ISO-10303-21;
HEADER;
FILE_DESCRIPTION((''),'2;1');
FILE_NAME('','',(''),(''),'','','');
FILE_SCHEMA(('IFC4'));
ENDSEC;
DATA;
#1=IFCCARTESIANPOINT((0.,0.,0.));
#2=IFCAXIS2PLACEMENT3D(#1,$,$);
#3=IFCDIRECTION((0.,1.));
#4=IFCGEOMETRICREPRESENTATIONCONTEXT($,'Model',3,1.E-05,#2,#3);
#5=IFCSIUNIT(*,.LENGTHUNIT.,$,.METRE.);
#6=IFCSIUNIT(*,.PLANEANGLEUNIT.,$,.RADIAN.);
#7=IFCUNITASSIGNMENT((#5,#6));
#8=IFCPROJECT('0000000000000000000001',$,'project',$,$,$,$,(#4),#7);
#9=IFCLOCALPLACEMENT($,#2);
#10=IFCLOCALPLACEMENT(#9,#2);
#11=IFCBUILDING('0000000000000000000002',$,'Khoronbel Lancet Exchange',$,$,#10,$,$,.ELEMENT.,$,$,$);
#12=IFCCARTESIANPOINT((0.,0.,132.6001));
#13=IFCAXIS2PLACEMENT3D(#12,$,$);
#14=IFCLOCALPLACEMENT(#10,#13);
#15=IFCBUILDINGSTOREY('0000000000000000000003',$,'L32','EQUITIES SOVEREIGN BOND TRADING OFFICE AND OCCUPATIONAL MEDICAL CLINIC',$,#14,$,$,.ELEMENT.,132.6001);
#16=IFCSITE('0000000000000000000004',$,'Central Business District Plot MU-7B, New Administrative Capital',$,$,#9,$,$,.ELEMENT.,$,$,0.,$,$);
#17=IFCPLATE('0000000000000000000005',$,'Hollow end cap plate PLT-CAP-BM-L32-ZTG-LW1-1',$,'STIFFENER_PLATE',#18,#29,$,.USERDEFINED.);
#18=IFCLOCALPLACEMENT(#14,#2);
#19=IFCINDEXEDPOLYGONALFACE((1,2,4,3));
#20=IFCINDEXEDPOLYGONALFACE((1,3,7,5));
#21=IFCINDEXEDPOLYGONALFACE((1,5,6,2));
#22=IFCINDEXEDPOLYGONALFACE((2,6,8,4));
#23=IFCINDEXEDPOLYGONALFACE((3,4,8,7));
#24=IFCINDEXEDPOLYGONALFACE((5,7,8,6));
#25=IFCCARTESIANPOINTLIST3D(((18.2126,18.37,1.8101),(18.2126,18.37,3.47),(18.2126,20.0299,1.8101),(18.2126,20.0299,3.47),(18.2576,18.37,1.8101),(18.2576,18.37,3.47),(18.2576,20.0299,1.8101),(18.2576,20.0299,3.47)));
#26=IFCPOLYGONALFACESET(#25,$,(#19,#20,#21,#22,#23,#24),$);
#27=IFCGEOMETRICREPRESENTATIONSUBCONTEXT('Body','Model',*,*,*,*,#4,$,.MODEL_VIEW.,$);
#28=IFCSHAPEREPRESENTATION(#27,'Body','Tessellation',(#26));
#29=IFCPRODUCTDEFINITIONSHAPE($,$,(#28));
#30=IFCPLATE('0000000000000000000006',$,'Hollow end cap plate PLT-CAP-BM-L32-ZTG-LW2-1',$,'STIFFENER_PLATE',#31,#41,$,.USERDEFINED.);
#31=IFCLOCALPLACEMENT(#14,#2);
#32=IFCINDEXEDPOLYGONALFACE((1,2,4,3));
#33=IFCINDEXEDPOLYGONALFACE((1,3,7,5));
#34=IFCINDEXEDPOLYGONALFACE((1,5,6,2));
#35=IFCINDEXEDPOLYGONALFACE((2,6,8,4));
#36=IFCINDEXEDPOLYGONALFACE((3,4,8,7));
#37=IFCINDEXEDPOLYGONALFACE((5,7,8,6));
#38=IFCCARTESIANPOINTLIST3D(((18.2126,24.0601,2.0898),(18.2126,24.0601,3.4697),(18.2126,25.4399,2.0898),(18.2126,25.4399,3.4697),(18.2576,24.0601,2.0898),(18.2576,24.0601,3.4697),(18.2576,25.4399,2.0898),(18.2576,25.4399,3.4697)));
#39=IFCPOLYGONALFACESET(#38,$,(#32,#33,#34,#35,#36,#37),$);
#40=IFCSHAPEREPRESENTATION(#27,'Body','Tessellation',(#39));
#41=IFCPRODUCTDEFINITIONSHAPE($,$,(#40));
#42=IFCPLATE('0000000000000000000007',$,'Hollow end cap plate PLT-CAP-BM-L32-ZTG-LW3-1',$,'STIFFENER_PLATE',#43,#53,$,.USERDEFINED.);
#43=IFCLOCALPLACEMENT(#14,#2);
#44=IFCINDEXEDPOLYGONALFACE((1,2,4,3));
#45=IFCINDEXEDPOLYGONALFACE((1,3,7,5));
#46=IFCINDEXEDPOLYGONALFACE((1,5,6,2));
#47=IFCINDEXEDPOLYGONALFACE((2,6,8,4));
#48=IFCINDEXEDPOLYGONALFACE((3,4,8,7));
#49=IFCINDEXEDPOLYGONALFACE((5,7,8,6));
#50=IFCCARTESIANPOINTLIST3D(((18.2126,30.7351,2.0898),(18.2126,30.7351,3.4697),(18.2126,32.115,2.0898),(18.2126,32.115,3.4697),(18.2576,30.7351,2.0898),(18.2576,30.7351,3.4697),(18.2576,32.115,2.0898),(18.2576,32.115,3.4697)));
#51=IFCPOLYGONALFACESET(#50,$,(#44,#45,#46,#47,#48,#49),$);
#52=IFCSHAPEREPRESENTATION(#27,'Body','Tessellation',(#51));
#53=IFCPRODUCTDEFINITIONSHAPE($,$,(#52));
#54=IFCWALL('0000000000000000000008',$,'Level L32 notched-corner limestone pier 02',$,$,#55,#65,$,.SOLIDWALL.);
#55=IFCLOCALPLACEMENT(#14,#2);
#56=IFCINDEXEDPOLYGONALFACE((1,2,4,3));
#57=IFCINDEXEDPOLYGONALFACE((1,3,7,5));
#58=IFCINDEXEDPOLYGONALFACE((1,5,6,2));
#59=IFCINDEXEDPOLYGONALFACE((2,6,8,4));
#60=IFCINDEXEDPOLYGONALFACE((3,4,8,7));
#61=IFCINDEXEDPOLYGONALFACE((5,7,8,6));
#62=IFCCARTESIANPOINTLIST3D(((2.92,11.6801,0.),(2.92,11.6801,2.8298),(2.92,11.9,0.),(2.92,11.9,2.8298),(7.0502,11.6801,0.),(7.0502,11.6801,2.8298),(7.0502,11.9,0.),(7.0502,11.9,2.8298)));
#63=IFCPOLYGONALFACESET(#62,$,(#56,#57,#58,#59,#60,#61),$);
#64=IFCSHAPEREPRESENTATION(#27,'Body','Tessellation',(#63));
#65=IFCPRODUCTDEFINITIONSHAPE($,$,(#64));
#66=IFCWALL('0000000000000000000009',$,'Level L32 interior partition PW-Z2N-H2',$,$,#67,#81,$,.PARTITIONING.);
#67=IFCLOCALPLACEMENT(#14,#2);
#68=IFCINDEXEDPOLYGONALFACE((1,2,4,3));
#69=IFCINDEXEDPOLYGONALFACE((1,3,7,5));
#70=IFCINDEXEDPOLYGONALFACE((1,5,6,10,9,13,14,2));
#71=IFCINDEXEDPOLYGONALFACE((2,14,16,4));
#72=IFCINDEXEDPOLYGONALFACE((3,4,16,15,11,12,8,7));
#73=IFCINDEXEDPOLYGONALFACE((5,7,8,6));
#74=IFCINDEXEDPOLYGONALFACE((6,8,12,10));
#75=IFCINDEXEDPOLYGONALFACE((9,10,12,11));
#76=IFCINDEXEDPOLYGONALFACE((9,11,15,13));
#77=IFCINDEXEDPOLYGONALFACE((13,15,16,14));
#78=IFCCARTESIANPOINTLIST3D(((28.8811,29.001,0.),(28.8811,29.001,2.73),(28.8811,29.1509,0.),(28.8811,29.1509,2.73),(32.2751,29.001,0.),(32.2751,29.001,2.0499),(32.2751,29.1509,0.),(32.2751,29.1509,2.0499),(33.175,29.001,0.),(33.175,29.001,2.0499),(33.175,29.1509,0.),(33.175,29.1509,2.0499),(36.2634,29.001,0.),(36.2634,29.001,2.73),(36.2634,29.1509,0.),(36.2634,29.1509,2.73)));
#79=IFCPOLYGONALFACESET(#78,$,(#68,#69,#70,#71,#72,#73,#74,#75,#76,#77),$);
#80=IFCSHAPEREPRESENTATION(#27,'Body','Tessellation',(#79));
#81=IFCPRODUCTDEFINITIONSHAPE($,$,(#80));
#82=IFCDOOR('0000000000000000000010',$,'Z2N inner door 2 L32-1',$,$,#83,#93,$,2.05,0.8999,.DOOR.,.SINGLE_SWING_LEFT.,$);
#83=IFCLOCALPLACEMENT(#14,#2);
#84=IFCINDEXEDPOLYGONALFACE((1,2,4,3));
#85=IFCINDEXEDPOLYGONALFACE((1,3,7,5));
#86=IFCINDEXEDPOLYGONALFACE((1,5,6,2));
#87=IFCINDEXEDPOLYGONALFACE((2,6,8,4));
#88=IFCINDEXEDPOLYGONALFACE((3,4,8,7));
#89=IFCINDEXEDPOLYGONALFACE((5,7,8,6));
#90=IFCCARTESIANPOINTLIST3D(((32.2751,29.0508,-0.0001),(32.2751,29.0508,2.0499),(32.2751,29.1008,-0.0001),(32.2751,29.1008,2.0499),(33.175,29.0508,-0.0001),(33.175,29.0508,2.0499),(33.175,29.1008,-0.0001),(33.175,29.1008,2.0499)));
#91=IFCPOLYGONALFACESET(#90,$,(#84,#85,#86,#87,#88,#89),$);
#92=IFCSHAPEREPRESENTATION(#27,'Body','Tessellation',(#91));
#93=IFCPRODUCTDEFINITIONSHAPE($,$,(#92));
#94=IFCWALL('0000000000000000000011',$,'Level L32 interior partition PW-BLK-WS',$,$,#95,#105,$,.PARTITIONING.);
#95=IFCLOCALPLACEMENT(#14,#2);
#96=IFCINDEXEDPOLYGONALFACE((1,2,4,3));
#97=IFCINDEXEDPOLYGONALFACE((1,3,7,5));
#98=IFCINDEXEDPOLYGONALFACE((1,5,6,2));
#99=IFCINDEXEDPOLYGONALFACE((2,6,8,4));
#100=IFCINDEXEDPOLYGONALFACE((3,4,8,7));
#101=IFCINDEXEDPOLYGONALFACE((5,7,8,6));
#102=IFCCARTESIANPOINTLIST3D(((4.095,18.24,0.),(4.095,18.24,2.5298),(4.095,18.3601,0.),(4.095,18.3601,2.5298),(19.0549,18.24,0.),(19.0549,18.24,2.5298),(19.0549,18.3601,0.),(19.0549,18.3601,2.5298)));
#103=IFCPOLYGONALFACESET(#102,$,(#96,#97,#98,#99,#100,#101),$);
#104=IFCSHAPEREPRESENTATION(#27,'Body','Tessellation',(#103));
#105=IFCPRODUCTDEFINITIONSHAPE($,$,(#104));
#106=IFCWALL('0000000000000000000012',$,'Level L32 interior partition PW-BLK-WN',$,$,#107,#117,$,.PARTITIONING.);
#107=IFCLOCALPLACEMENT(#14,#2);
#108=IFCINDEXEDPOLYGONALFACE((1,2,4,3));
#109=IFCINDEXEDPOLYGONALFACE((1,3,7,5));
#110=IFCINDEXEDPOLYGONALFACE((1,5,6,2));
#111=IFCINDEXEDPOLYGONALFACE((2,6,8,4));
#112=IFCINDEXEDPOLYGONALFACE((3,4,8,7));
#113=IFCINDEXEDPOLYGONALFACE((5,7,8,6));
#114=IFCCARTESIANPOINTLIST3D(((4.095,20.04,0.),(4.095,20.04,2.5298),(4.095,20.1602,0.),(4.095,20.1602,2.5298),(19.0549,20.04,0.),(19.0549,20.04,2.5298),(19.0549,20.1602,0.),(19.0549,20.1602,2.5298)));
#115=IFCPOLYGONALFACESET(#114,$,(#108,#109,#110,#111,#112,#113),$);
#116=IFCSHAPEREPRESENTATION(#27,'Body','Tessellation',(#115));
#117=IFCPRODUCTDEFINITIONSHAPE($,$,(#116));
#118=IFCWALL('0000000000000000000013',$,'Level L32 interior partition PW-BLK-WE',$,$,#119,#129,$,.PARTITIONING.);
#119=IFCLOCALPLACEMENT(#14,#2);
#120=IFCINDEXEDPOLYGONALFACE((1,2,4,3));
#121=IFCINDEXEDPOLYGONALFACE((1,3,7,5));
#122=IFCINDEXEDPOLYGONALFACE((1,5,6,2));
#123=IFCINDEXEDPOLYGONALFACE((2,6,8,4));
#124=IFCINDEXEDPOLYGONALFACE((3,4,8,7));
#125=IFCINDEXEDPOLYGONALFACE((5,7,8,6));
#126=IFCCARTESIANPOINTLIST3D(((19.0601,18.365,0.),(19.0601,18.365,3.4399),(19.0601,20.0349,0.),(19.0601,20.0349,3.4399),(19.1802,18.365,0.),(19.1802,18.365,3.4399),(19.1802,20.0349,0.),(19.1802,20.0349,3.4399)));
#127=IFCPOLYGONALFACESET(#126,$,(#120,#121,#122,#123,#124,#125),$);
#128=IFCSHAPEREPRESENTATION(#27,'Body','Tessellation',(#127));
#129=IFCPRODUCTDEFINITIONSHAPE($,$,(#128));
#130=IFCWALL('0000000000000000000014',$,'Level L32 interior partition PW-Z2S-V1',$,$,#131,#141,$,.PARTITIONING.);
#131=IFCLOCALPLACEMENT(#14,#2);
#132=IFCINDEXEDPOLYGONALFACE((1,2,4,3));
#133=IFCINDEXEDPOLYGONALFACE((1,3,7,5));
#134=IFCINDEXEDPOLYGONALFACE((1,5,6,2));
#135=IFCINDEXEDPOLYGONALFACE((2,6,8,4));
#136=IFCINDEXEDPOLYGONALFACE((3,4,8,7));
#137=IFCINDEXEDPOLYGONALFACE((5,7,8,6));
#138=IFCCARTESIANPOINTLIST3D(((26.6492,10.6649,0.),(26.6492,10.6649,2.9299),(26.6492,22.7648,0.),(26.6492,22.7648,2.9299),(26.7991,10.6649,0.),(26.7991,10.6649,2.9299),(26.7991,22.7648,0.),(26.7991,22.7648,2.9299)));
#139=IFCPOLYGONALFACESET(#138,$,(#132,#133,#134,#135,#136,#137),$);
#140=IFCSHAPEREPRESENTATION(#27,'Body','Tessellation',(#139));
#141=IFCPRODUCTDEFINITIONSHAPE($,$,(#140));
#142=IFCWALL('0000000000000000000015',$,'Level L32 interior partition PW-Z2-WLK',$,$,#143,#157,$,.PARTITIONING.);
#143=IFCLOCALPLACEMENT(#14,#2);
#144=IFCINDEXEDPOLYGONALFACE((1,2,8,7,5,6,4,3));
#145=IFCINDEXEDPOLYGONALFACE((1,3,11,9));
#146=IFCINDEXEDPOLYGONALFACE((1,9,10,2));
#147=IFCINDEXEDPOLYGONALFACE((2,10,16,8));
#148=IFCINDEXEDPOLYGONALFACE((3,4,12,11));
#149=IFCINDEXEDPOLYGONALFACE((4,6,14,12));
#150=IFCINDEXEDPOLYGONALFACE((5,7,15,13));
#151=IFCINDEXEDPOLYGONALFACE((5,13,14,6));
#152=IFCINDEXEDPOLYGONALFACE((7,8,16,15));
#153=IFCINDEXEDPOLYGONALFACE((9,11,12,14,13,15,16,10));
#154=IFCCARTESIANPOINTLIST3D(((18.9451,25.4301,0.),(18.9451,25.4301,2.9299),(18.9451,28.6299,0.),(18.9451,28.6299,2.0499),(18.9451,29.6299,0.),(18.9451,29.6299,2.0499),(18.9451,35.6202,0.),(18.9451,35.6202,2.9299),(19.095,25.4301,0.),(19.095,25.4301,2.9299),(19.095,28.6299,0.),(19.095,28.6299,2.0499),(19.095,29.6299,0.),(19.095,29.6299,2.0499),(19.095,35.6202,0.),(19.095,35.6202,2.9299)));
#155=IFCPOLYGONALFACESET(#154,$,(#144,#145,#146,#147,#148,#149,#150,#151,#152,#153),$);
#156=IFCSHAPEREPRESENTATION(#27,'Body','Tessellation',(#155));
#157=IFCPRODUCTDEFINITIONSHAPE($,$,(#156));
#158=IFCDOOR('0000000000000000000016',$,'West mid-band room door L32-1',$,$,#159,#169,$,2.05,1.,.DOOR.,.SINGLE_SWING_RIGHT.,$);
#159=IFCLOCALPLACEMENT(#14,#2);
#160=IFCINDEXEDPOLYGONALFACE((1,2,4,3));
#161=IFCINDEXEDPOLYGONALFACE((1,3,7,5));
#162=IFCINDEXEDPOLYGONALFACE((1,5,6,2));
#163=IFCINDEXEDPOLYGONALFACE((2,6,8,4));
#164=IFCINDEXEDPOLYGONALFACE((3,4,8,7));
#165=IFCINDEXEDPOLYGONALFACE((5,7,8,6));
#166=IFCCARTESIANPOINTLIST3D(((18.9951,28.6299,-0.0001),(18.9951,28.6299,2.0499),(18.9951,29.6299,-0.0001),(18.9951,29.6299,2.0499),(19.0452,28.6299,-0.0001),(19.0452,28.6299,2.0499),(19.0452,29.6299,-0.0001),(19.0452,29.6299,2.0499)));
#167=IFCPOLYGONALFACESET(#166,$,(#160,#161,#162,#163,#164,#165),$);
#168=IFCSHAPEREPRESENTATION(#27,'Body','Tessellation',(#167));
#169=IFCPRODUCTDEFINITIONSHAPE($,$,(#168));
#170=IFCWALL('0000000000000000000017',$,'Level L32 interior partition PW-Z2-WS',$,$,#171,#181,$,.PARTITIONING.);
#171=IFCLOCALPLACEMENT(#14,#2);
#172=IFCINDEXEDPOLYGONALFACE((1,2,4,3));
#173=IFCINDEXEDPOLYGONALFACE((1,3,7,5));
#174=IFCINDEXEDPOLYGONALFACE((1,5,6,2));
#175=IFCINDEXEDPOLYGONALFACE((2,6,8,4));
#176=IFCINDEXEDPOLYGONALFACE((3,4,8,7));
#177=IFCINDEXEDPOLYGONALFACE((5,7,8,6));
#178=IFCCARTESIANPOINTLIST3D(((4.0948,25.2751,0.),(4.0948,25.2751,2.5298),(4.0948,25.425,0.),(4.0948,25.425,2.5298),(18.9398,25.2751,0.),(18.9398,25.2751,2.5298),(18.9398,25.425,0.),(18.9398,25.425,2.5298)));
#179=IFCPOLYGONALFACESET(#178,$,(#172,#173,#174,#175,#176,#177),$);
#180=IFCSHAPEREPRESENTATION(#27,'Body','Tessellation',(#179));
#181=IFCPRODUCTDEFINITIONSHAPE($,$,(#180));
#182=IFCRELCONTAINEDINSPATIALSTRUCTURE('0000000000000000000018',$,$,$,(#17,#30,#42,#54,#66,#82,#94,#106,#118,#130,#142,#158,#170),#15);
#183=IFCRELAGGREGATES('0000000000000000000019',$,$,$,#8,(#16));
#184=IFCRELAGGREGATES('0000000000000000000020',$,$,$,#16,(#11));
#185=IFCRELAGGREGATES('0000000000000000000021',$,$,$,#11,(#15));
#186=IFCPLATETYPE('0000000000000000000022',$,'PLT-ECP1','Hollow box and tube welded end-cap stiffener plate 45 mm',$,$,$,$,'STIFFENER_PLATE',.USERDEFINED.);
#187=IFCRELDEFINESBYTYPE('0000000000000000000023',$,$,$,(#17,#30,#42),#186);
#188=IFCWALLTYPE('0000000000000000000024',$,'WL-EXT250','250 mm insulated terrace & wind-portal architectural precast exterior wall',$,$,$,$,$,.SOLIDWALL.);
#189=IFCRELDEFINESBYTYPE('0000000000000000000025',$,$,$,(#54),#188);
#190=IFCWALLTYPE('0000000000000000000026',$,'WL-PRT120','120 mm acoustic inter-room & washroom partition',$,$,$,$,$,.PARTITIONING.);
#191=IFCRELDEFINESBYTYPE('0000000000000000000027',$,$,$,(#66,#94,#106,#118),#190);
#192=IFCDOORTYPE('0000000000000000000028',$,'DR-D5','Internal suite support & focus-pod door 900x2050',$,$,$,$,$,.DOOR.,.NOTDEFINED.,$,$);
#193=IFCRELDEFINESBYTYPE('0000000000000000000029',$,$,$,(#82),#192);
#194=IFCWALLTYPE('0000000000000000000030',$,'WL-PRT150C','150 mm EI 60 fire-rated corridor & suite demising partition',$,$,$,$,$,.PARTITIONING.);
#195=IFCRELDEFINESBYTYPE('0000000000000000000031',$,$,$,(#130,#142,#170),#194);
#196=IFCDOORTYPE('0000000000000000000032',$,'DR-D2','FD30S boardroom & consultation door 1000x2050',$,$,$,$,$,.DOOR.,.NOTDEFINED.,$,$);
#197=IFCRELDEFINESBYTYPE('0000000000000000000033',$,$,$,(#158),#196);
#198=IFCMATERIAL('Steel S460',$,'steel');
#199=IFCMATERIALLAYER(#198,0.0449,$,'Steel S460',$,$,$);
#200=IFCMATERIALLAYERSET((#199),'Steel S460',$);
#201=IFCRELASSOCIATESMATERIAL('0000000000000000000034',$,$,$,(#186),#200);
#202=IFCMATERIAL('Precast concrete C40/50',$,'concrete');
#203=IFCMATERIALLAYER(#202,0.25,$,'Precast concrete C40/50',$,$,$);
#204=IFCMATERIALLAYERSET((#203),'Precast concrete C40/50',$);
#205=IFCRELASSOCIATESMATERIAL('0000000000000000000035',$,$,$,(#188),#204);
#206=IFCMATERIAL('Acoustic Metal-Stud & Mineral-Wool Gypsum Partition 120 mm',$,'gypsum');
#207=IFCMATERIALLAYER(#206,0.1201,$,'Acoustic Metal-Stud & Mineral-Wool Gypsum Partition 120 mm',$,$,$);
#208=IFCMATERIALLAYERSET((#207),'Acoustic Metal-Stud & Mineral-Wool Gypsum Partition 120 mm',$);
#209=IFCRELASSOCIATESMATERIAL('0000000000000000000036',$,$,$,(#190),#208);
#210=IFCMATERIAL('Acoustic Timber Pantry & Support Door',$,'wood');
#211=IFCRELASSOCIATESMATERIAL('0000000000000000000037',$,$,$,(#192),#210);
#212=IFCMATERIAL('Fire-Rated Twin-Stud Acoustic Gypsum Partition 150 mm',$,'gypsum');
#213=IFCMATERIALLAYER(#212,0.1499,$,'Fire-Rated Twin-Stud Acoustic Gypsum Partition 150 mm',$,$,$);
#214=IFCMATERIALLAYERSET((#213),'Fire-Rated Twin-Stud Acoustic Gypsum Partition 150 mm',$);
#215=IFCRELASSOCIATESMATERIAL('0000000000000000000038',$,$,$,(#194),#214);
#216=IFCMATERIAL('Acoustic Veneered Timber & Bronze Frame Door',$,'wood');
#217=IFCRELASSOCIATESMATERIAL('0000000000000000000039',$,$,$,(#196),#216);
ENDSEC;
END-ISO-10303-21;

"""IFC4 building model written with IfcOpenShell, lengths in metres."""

from ifc_helpers import new_model, si_unit, direction, frame, frame_2d, origin, origin_2d, place, context, subcontext, project, spatial, rectangle, extrude, material, layer, layer_set, type_object, element, fill, save


model = new_model("IFC4")

# Units and contexts
model_context = context("Model", 3, precision=1e-05, world=origin(), true_north=direction((0.0, 1.0)))
body_context = subcontext(model_context, "Body", "Model", "MODEL_VIEW")
ifc_project = project(units=[si_unit("LENGTHUNIT", "METRE"), si_unit("PLANEANGLEUNIT", "RADIAN")], contexts=[model_context])

# Site, building, storey
site_placement = place(None, origin())
site = spatial("IfcSite", under=ifc_project, at=site_placement, Name="Central Business District Plot MU-7B, New Administrative Capital", CompositionType="ELEMENT", RefElevation=0.0)
building_placement = place(site_placement, origin())
building = spatial("IfcBuilding", under=site, at=building_placement, Name="Khoronbel Lancet Exchange", CompositionType="ELEMENT")
storey_placement = place(building_placement, frame((0.0, 0.0, 132.6001)))
storey = spatial("IfcBuildingStorey", under=building, at=storey_placement, Name="L32", Description="EQUITIES SOVEREIGN BOND TRADING OFFICE AND OCCUPATIONAL MEDICAL CLINIC", CompositionType="ELEMENT", Elevation=132.6001)

# Plates
ifc_material_1 = material(Name="Steel S460", Category="steel")
ifc_layer_1 = layer(ifc_material_1, 0.0449, Name="Steel S460")
ifc_layer_set_1 = layer_set([ifc_layer_1], Name="Steel S460")
plate_type = type_object("IfcPlateType", Name="PLT-ECP1", Description="Hollow box and tube welded end-cap stiffener plate 45 mm", ElementType="STIFFENER_PLATE", PredefinedType="USERDEFINED", material=ifc_layer_set_1)
plate_placement = place(storey_placement, frame((18.2351, 19.2, 1.8101), z_axis=(0.0, 0.0, 1.0), x_axis=(1.0, 0.0, 0.0)))
element("IfcPlate", 1, at=plate_placement, inside=storey, type_object=plate_type, Name="Hollow end cap plate PLT-CAP-BM-L32-ZTG-LW1-1", ObjectType="STIFFENER_PLATE", PredefinedType="USERDEFINED", context=body_context, shape_type="SweptSolid", body=[
    extrude(rectangle(XDim=0.0449, YDim=1.6599, at=origin_2d()), origin(), (0.0, 0.0, 1.0), 1.6599),
])
for number, where, z_axis, x_axis, name in (
    (2, (18.2351, 24.75, 2.0898), (0.0, 0.0, 1.0), (1.0, 0.0, 0.0), "Hollow end cap plate PLT-CAP-BM-L32-ZTG-LW2-1"),
    (3, (18.2351, 31.425, 2.0898), (0.0, 0.0, 1.0), (1.0, 0.0, 0.0), "Hollow end cap plate PLT-CAP-BM-L32-ZTG-LW3-1"),
):
    element("IfcPlate", number, at=place(storey_placement, frame(where, z_axis=z_axis, x_axis=x_axis)), inside=storey, type_object=plate_type, Name=name, ObjectType="STIFFENER_PLATE", PredefinedType="USERDEFINED", context=body_context, shape_type="SweptSolid", body=[
        extrude(rectangle(XDim=0.0449, YDim=1.3799, at=origin_2d()), origin(), (0.0, 0.0, 1.0), 1.3799),
    ])

# Wall
ifc_material_2 = material(Name="Precast concrete C40/50", Category="concrete")
ifc_layer_2 = layer(ifc_material_2, 0.25, Name="Precast concrete C40/50")
ifc_layer_set_2 = layer_set([ifc_layer_2], Name="Precast concrete C40/50")
wall_type_1 = type_object("IfcWallType", Name="WL-EXT250", Description="250 mm insulated terrace & wind-portal architectural precast exterior wall", PredefinedType="SOLIDWALL", material=ifc_layer_set_2)
wall_1_placement = place(storey_placement, frame((7.05, 11.79, 0.0), z_axis=(0.0, 0.0, 1.0), x_axis=(-1.0, 0.0, 0.0)))
element("IfcWall", 4, at=wall_1_placement, inside=storey, type_object=wall_type_1, Name="Level L32 notched-corner limestone pier 02", PredefinedType="SOLIDWALL", context=body_context, shape_type="SweptSolid", body=[
    extrude(rectangle(XDim=4.1301, YDim=0.22, at=frame_2d((2.0649, 0.0))), origin(), (0.0, 0.0, 1.0), 2.8298),
])

# Wall, opening, door
ifc_material_3 = material(Name="Acoustic Metal-Stud & Mineral-Wool Gypsum Partition 120 mm", Category="gypsum")
ifc_layer_3 = layer(ifc_material_3, 0.1201, Name="Acoustic Metal-Stud & Mineral-Wool Gypsum Partition 120 mm")
ifc_layer_set_3 = layer_set([ifc_layer_3], Name="Acoustic Metal-Stud & Mineral-Wool Gypsum Partition 120 mm")
wall_type_2 = type_object("IfcWallType", Name="WL-PRT120", Description="120 mm acoustic inter-room & washroom partition", PredefinedType="PARTITIONING", material=ifc_layer_set_3)
wall_2_placement = place(storey_placement, frame((28.8811, 29.0759, 0.0), z_axis=(0.0, 0.0, 1.0), x_axis=(1.0, 0.0, 0.0)))
wall_2 = element("IfcWall", 5, at=wall_2_placement, inside=storey, type_object=wall_type_2, Name="Level L32 interior partition PW-Z2N-H2", PredefinedType="PARTITIONING", context=body_context, shape_type="SweptSolid", body=[
    extrude(rectangle(XDim=7.3823, YDim=0.1499, at=frame_2d((3.6912, 0.0))), origin(), (0.0, 0.0, 1.0), 2.73),
])
opening_1_placement = place(wall_2_placement, frame((3.394, 0.0, 0.0)))
opening_1 = element("IfcOpeningElement", 6, at=opening_1_placement, cuts=wall_2, PredefinedType="OPENING", context=body_context, shape_type="SweptSolid", body=[
    extrude(rectangle(XDim=0.8999, YDim=2.05, at=frame_2d((0.45, 1.0249))), frame((0.0, 0.085, 0.0), z_axis=(0.0, -1.0, 0.0), x_axis=(1.0, 0.0, 0.0)), (0.0, 0.0, 1.0), 0.1699),
])
ifc_material_4 = material(Name="Acoustic Timber Pantry & Support Door", Category="wood")
door_type_1 = type_object("IfcDoorType", Name="DR-D5", Description="Internal suite support & focus-pod door 900x2050", OperationType="NOTDEFINED", PredefinedType="DOOR", material=ifc_material_4)
door_1_placement = place(opening_1_placement, origin())
door_1 = element("IfcDoor", 7, at=door_1_placement, inside=storey, type_object=door_type_1, Name="Z2N inner door 2 L32-1", OperationType="SINGLE_SWING_LEFT", OverallHeight=2.05, OverallWidth=0.8999, PredefinedType="DOOR", context=body_context, shape_type="SweptSolid", body=[
    extrude(rectangle(XDim=0.8999, YDim=2.05, at=frame_2d((0.45, 1.0249))), frame((0.0, 0.0249, 0.0), z_axis=(0.0, -1.0, 0.0), x_axis=(1.0, 0.0, 0.0)), (0.0, 0.0, 1.0), 0.05),
])
fill(opening_1, door_1)

# Walls
for number, where, z_axis, x_axis, name in (
    (8, (4.095, 18.3, 0.0), (0.0, 0.0, 1.0), (1.0, 0.0, 0.0), "Level L32 interior partition PW-BLK-WS"),
    (9, (4.095, 20.1001, 0.0), (0.0, 0.0, 1.0), (1.0, 0.0, 0.0), "Level L32 interior partition PW-BLK-WN"),
):
    element("IfcWall", number, at=place(storey_placement, frame(where, z_axis=z_axis, x_axis=x_axis)), inside=storey, type_object=wall_type_2, Name=name, PredefinedType="PARTITIONING", context=body_context, shape_type="SweptSolid", body=[
        extrude(rectangle(XDim=14.96, YDim=0.1201, at=frame_2d((7.48, 0.0))), origin(), (0.0, 0.0, 1.0), 2.5298),
    ])
wall_3_placement = place(storey_placement, frame((19.1201, 18.365, 0.0), z_axis=(0.0, 0.0, 1.0), x_axis=(0.0, 1.0, 0.0)))
element("IfcWall", 10, at=wall_3_placement, inside=storey, type_object=wall_type_2, Name="Level L32 interior partition PW-BLK-WE", PredefinedType="PARTITIONING", context=body_context, shape_type="SweptSolid", body=[
    extrude(rectangle(XDim=1.6699, YDim=0.1201, at=frame_2d((0.835, 0.0))), origin(), (0.0, 0.0, 1.0), 3.4399),
])
ifc_material_5 = material(Name="Fire-Rated Twin-Stud Acoustic Gypsum Partition 150 mm", Category="gypsum")
ifc_layer_4 = layer(ifc_material_5, 0.1499, Name="Fire-Rated Twin-Stud Acoustic Gypsum Partition 150 mm")
ifc_layer_set_4 = layer_set([ifc_layer_4], Name="Fire-Rated Twin-Stud Acoustic Gypsum Partition 150 mm")
wall_type_3 = type_object("IfcWallType", Name="WL-PRT150C", Description="150 mm EI 60 fire-rated corridor & suite demising partition", PredefinedType="PARTITIONING", material=ifc_layer_set_4)
wall_4_placement = place(storey_placement, frame((26.7241, 10.665, 0.0), z_axis=(0.0, 0.0, 1.0), x_axis=(0.0, 1.0, 0.0)))
element("IfcWall", 11, at=wall_4_placement, inside=storey, type_object=wall_type_3, Name="Level L32 interior partition PW-Z2S-V1", PredefinedType="PARTITIONING", context=body_context, shape_type="SweptSolid", body=[
    extrude(rectangle(XDim=12.0999, YDim=0.1499, at=frame_2d((6.0498, 0.0))), origin(), (0.0, 0.0, 1.0), 2.9299),
])

# Wall, opening, door
wall_5_placement = place(storey_placement, frame((19.02, 25.4299, 0.0), z_axis=(0.0, 0.0, 1.0), x_axis=(0.0, 1.0, 0.0)))
wall_5 = element("IfcWall", 12, at=wall_5_placement, inside=storey, type_object=wall_type_3, Name="Level L32 interior partition PW-Z2-WLK", PredefinedType="PARTITIONING", context=body_context, shape_type="SweptSolid", body=[
    extrude(rectangle(XDim=10.1902, YDim=0.1499, at=frame_2d((5.0952, 0.0))), origin(), (0.0, 0.0, 1.0), 2.9299),
])
opening_2_placement = place(wall_5_placement, frame((3.2, 0.0, 0.0)))
opening_2 = element("IfcOpeningElement", 13, at=opening_2_placement, cuts=wall_5, PredefinedType="OPENING", context=body_context, shape_type="SweptSolid", body=[
    extrude(rectangle(XDim=1.0, YDim=2.05, at=frame_2d((0.5, 1.0249))), frame((0.0, 0.085, 0.0), z_axis=(0.0, -1.0, 0.0), x_axis=(1.0, 0.0, 0.0)), (0.0, 0.0, 1.0), 0.1699),
])
ifc_material_6 = material(Name="Acoustic Veneered Timber & Bronze Frame Door", Category="wood")
door_type_2 = type_object("IfcDoorType", Name="DR-D2", Description="FD30S boardroom & consultation door 1000x2050", OperationType="NOTDEFINED", PredefinedType="DOOR", material=ifc_material_6)
door_2_placement = place(opening_2_placement, origin())
door_2 = element("IfcDoor", 14, at=door_2_placement, inside=storey, type_object=door_type_2, Name="West mid-band room door L32-1", OperationType="SINGLE_SWING_RIGHT", OverallHeight=2.05, OverallWidth=1.0, PredefinedType="DOOR", context=body_context, shape_type="SweptSolid", body=[
    extrude(rectangle(XDim=1.0, YDim=2.05, at=frame_2d((0.5, 1.0249))), frame((0.0, 0.0249, 0.0), z_axis=(0.0, -1.0, 0.0), x_axis=(1.0, 0.0, 0.0)), (0.0, 0.0, 1.0), 0.05),
])
fill(opening_2, door_2)

# Wall
wall_6_placement = place(storey_placement, frame((4.095, 25.3501, 0.0), z_axis=(0.0, 0.0, 1.0), x_axis=(1.0, 0.0, 0.0)))
element("IfcWall", 15, at=wall_6_placement, inside=storey, type_object=wall_type_3, Name="Level L32 interior partition PW-Z2-WS", PredefinedType="PARTITIONING", context=body_context, shape_type="SweptSolid", body=[
    extrude(rectangle(XDim=14.845, YDim=0.1499, at=frame_2d((7.4224, 0.0))), origin(), (0.0, 0.0, 1.0), 2.5298),
])

save(model, "model.ifc")
